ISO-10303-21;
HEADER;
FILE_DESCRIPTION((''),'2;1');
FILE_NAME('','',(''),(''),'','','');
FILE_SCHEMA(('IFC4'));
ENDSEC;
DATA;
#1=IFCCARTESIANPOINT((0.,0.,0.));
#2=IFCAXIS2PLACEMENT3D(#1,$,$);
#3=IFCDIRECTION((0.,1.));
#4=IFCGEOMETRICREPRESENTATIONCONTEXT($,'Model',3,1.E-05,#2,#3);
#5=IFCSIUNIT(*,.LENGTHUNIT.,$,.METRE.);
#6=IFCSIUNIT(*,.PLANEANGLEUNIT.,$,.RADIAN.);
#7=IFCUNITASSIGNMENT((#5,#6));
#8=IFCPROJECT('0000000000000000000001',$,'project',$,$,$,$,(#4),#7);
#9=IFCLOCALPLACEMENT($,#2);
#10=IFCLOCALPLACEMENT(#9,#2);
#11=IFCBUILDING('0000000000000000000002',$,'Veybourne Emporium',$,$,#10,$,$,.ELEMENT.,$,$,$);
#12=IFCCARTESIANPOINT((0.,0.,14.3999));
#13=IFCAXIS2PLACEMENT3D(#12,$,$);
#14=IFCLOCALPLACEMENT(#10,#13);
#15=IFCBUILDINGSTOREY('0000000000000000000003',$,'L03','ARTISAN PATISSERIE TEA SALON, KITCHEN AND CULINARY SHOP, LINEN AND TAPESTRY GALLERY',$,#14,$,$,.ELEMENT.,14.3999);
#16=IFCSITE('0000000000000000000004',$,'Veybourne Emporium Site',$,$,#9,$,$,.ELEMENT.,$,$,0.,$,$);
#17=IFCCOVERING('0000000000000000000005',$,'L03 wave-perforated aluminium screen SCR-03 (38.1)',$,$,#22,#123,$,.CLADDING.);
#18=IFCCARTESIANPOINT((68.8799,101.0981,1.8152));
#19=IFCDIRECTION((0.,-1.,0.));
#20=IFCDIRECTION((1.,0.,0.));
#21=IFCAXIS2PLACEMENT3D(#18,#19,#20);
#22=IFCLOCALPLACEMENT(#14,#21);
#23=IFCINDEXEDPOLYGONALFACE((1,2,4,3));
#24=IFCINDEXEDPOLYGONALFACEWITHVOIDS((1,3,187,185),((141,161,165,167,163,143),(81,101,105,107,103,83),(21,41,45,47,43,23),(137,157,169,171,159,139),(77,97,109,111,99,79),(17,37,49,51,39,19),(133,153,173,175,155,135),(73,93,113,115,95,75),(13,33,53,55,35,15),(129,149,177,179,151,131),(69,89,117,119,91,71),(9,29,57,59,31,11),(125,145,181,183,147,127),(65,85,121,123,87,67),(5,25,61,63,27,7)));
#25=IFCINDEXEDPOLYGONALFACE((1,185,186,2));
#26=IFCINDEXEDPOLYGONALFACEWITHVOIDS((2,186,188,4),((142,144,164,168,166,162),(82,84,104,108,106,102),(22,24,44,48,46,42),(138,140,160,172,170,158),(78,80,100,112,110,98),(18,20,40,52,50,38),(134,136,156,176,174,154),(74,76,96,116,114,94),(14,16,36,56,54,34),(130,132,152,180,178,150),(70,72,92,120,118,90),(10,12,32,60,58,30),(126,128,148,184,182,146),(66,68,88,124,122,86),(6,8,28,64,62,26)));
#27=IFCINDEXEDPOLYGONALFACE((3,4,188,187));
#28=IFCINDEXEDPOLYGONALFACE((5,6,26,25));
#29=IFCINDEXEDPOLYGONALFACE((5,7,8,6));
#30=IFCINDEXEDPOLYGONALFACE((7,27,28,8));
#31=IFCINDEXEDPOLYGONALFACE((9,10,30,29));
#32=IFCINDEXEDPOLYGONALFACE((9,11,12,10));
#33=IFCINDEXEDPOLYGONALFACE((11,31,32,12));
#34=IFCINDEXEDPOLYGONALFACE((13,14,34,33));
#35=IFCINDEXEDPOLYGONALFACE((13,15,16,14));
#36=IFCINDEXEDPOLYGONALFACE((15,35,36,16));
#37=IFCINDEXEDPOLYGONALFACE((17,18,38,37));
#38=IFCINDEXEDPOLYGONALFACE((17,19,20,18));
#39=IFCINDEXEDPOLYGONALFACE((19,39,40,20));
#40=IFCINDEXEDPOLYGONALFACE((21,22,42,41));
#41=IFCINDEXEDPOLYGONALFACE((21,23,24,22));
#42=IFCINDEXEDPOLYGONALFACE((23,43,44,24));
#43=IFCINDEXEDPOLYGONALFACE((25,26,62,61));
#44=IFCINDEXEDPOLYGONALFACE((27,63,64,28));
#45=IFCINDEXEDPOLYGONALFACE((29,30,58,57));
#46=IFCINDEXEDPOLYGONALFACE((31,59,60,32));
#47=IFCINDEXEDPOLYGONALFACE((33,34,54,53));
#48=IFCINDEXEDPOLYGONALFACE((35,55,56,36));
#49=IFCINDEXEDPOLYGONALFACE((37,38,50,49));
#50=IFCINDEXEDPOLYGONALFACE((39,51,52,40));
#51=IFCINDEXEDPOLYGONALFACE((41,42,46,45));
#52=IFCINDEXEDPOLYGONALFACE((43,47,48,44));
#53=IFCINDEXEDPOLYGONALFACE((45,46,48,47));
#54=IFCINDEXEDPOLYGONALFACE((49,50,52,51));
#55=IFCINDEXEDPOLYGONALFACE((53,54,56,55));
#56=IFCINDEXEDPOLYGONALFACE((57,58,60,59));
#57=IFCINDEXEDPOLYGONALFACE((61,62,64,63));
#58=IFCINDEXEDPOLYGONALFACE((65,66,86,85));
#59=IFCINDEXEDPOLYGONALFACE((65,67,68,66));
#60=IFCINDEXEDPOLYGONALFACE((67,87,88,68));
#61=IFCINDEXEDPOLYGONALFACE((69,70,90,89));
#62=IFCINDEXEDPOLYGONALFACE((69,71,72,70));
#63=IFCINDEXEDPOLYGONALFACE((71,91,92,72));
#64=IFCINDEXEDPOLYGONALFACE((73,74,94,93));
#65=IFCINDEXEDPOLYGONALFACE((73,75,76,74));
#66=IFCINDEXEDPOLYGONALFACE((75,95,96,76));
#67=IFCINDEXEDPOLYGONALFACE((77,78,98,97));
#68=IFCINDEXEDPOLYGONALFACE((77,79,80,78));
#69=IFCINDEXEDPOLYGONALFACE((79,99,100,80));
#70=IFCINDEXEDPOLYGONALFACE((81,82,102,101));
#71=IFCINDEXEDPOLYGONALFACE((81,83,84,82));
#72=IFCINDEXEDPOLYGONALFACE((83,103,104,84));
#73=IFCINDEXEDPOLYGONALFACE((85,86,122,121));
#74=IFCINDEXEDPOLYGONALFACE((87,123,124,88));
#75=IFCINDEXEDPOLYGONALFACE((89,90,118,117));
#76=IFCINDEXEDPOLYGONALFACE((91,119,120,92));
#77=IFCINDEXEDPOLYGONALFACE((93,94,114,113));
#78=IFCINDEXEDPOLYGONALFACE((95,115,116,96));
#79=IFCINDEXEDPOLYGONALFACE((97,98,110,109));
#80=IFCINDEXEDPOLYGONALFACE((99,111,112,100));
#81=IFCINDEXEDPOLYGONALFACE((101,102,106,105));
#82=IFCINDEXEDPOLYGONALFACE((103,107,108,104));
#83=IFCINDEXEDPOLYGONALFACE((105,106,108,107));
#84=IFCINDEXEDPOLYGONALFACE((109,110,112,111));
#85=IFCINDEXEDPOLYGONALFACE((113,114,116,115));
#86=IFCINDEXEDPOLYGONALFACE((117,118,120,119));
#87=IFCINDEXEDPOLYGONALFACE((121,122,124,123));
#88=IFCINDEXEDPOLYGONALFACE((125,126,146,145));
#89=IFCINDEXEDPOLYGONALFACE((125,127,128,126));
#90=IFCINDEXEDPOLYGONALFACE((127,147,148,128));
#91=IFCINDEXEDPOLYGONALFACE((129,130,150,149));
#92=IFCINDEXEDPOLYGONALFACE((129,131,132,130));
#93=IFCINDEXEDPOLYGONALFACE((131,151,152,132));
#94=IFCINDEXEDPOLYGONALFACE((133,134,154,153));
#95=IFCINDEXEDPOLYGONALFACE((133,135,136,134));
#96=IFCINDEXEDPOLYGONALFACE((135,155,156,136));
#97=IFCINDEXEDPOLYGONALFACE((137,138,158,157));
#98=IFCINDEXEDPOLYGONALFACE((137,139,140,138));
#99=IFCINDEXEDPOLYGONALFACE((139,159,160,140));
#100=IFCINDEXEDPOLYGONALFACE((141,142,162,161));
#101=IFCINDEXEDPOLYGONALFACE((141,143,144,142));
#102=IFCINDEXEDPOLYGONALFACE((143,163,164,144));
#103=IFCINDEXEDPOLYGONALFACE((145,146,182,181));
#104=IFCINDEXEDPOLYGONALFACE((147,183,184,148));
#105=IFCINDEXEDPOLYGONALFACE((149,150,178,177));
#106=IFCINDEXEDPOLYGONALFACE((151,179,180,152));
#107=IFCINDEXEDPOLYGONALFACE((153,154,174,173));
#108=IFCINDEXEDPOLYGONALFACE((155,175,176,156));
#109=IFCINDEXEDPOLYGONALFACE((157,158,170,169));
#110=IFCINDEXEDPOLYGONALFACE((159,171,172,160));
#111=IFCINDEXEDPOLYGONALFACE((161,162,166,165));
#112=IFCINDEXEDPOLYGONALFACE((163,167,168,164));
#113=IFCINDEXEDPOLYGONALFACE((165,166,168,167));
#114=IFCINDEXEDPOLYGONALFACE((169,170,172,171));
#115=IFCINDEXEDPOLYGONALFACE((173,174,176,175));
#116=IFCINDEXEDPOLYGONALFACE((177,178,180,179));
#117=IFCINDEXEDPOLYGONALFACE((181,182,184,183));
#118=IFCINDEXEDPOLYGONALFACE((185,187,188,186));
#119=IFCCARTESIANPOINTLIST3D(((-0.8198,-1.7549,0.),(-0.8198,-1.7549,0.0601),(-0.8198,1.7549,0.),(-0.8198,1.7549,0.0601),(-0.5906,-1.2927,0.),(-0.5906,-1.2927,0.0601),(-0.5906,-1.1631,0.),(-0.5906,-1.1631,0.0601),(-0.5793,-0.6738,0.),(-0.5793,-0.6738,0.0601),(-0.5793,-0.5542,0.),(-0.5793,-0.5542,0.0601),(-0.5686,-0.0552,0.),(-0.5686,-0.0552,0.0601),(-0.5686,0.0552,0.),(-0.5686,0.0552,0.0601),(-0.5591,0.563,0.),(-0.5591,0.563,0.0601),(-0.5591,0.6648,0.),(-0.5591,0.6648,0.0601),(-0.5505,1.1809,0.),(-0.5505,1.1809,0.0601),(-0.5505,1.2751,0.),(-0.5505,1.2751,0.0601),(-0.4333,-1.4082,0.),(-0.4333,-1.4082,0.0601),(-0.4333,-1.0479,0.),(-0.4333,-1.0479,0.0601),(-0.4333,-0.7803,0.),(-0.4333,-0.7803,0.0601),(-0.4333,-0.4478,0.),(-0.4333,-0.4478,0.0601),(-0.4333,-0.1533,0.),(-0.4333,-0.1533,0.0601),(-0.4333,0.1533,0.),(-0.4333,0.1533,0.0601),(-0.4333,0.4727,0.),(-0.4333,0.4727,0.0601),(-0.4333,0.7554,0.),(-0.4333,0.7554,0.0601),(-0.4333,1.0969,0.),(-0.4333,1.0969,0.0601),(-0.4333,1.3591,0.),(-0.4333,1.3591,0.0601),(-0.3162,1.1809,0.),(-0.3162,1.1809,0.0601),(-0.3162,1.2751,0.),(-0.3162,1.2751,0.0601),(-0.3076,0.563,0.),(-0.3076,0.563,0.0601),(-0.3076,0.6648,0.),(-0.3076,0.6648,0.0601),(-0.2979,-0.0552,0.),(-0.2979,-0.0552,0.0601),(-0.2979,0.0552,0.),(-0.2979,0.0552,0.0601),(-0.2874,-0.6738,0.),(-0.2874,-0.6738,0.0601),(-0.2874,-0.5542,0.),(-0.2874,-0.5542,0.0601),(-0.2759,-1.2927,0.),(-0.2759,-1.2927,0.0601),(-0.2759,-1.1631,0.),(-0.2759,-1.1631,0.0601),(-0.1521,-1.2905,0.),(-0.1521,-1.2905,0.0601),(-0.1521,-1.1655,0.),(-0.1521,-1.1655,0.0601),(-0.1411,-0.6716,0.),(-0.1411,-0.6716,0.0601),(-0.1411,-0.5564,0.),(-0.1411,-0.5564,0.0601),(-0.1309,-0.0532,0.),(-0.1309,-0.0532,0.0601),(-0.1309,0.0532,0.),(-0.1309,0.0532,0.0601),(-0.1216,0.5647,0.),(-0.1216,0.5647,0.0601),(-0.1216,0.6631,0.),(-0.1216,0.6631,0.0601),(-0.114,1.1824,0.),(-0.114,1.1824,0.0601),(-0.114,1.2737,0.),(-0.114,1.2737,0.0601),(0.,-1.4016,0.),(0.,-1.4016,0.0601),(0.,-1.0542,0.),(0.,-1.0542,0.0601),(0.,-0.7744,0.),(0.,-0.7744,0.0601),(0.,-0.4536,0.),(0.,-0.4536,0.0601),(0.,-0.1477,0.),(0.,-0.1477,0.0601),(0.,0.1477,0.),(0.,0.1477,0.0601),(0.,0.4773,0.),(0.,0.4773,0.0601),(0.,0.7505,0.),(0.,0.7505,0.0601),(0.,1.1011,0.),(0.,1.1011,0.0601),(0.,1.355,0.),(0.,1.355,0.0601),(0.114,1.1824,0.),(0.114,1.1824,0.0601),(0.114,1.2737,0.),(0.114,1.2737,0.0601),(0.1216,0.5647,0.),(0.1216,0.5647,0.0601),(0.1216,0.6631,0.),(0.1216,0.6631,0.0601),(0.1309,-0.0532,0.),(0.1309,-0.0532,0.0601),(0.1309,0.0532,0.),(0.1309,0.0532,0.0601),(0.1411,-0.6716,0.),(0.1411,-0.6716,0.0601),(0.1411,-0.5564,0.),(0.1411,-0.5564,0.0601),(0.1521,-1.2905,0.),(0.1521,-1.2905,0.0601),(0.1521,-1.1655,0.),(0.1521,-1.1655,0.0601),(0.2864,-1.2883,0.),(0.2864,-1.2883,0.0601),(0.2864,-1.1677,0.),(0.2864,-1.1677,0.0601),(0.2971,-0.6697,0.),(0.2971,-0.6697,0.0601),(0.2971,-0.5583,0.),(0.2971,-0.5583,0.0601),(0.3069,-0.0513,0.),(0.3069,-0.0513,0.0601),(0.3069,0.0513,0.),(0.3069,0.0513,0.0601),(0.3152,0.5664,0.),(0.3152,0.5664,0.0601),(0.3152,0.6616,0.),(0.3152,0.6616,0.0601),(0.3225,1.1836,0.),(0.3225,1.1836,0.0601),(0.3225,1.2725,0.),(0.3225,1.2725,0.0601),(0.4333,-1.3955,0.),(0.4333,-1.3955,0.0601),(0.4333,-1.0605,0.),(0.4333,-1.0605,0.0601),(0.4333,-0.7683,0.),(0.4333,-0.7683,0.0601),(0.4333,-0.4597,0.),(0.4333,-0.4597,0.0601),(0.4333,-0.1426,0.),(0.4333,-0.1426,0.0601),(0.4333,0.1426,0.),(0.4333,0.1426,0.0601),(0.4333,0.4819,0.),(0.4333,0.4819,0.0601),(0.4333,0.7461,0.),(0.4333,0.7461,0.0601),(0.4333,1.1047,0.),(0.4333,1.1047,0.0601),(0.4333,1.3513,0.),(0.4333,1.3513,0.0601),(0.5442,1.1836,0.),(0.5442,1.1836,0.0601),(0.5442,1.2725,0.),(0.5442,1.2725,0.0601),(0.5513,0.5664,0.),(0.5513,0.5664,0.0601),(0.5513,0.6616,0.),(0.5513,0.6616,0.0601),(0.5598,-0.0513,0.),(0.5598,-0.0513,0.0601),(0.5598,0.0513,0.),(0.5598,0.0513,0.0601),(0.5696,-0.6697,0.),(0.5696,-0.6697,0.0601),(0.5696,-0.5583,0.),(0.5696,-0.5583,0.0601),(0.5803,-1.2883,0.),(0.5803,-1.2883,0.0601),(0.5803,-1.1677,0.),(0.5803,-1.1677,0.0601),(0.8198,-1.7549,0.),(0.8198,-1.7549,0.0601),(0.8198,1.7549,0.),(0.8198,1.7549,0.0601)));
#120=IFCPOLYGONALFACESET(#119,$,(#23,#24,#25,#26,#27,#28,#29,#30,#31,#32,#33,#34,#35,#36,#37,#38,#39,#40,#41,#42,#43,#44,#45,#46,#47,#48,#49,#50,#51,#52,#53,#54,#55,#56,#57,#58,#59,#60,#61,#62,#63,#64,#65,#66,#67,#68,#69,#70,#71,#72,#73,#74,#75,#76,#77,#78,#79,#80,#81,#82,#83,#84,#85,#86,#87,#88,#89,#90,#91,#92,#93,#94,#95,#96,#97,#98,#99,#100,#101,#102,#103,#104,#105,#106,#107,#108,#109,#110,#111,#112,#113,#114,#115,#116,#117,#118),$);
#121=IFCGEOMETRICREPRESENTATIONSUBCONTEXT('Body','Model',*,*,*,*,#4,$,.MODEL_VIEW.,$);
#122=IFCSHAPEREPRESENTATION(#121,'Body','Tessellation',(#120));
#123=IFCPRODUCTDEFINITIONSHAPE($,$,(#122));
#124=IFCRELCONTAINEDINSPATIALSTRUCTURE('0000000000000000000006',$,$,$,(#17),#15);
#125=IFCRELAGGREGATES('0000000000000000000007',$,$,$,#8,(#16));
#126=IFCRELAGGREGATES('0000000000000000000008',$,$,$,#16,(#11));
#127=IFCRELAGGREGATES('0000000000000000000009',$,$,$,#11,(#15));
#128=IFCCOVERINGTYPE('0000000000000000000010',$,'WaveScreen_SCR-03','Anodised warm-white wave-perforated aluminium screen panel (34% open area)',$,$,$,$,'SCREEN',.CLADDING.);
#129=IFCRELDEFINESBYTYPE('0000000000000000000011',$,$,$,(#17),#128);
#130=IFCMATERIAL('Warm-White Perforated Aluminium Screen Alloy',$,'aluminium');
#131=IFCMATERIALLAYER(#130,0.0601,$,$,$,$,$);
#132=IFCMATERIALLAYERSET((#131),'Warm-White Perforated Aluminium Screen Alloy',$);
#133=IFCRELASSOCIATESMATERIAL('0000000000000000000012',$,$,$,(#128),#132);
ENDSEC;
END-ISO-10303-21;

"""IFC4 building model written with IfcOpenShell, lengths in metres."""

from ifc_helpers import new_model, si_unit, direction, frame, origin, place, context, subcontext, project, spatial, polyline, outline, extrude, material, layer, layer_set, type_object, element, save


model = new_model("IFC4")

# Units and contexts
model_context = context("Model", 3, precision=1e-05, world=origin(), true_north=direction((0.0, 1.0)))
body_context = subcontext(model_context, "Body", "Model", "MODEL_VIEW")
ifc_project = project(units=[si_unit("LENGTHUNIT", "METRE"), si_unit("PLANEANGLEUNIT", "RADIAN")], contexts=[model_context])

# Site, building, storey
site_placement = place(None, origin())
site = spatial("IfcSite", under=ifc_project, at=site_placement, Name="Veybourne Emporium Site", CompositionType="ELEMENT", RefElevation=0.0)
building_placement = place(site_placement, origin())
building = spatial("IfcBuilding", under=site, at=building_placement, Name="Veybourne Emporium", CompositionType="ELEMENT")
storey_placement = place(building_placement, frame((0.0, 0.0, 14.3999)))
storey = spatial("IfcBuildingStorey", under=building, at=storey_placement, Name="L03", Description="ARTISAN PATISSERIE TEA SALON, KITCHEN AND CULINARY SHOP, LINEN AND TAPESTRY GALLERY", CompositionType="ELEMENT", Elevation=14.3999)

# Covering
ifc_material_1 = material(Name="Warm-White Perforated Aluminium Screen Alloy", Category="aluminium")
ifc_layer_1 = layer(ifc_material_1, 0.0601)
ifc_layer_set_1 = layer_set([ifc_layer_1], Name="Warm-White Perforated Aluminium Screen Alloy")
covering_type_1 = type_object("IfcCoveringType", Name="WaveScreen_SCR-03", Description="Anodised warm-white wave-perforated aluminium screen panel (34% open area)", ElementType="SCREEN", PredefinedType="CLADDING", material=ifc_layer_set_1)
covering_1_placement = place(storey_placement, frame((68.8799, 101.0981, 1.8152), z_axis=(0.0, -1.0, 0.0), x_axis=(1.0, 0.0, 0.0)))
element("IfcCovering", 1, at=covering_1_placement, inside=storey, type_object=covering_type_1, Name="L03 wave-perforated aluminium screen SCR-03 (38.1)", PredefinedType="CLADDING", context=body_context, shape_type="SweptSolid", body=[
    extrude(outline(polyline([(-0.8198, -1.7549), (0.8198, -1.7549), (0.8198, 1.7549), (-0.8198, 1.7549), (-0.8198, -1.7549)]), holes=[polyline([(-0.4333, -1.0479), (-0.2759, -1.1631), (-0.2759, -1.2927), (-0.4333, -1.4082), (-0.5906, -1.2927), (-0.5906, -1.1631), (-0.4333, -1.0479)]), polyline([(-0.4333, -0.4478), (-0.2874, -0.5542), (-0.2874, -0.6738), (-0.4333, -0.7803), (-0.5793, -0.6738), (-0.5793, -0.5542), (-0.4333, -0.4478)]), polyline([(-0.4333, 0.1533), (-0.2979, 0.0552), (-0.2979, -0.0552), (-0.4333, -0.1533), (-0.5686, -0.0552), (-0.5686, 0.0552), (-0.4333, 0.1533)]), polyline([(-0.4333, 0.7554), (-0.3076, 0.6648), (-0.3076, 0.563), (-0.4333, 0.4727), (-0.5591, 0.563), (-0.5591, 0.6648), (-0.4333, 0.7554)]), polyline([(-0.4333, 1.3591), (-0.3162, 1.2751), (-0.3162, 1.1809), (-0.4333, 1.0969), (-0.5505, 1.1809), (-0.5505, 1.2751), (-0.4333, 1.3591)]), polyline([(0.0, -1.0542), (0.1521, -1.1655), (0.1521, -1.2905), (0.0, -1.4016), (-0.1521, -1.2905), (-0.1521, -1.1655), (0.0, -1.0542)]), polyline([(0.0, -0.4536), (0.1411, -0.5564), (0.1411, -0.6716), (0.0, -0.7744), (-0.1411, -0.6716), (-0.1411, -0.5564), (0.0, -0.4536)]), polyline([(0.0, 0.1477), (0.1309, 0.0532), (0.1309, -0.0532), (0.0, -0.1477), (-0.1309, -0.0532), (-0.1309, 0.0532), (0.0, 0.1477)]), polyline([(0.0, 0.7505), (0.1216, 0.6631), (0.1216, 0.5647), (0.0, 0.4773), (-0.1216, 0.5647), (-0.1216, 0.6631), (0.0, 0.7505)]), polyline([(0.0, 1.355), (0.114, 1.2737), (0.114, 1.1824), (0.0, 1.1011), (-0.114, 1.1824), (-0.114, 1.2737), (0.0, 1.355)]), polyline([(0.4333, -1.0605), (0.5803, -1.1677), (0.5803, -1.2883), (0.4333, -1.3955), (0.2864, -1.2883), (0.2864, -1.1677), (0.4333, -1.0605)]), polyline([(0.4333, -0.4597), (0.5696, -0.5583), (0.5696, -0.6697), (0.4333, -0.7683), (0.2971, -0.6697), (0.2971, -0.5583), (0.4333, -0.4597)]), polyline([(0.4333, 0.1426), (0.5598, 0.0513), (0.5598, -0.0513), (0.4333, -0.1426), (0.3069, -0.0513), (0.3069, 0.0513), (0.4333, 0.1426)]), polyline([(0.4333, 0.7461), (0.5513, 0.6616), (0.5513, 0.5664), (0.4333, 0.4819), (0.3152, 0.5664), (0.3152, 0.6616), (0.4333, 0.7461)]), polyline([(0.4333, 1.3513), (0.5442, 1.2725), (0.5442, 1.1836), (0.4333, 1.1047), (0.3225, 1.1836), (0.3225, 1.2725), (0.4333, 1.3513)])]), origin(), (0.0, 0.0, 1.0), 0.0601),
])

save(model, "model.ifc")
